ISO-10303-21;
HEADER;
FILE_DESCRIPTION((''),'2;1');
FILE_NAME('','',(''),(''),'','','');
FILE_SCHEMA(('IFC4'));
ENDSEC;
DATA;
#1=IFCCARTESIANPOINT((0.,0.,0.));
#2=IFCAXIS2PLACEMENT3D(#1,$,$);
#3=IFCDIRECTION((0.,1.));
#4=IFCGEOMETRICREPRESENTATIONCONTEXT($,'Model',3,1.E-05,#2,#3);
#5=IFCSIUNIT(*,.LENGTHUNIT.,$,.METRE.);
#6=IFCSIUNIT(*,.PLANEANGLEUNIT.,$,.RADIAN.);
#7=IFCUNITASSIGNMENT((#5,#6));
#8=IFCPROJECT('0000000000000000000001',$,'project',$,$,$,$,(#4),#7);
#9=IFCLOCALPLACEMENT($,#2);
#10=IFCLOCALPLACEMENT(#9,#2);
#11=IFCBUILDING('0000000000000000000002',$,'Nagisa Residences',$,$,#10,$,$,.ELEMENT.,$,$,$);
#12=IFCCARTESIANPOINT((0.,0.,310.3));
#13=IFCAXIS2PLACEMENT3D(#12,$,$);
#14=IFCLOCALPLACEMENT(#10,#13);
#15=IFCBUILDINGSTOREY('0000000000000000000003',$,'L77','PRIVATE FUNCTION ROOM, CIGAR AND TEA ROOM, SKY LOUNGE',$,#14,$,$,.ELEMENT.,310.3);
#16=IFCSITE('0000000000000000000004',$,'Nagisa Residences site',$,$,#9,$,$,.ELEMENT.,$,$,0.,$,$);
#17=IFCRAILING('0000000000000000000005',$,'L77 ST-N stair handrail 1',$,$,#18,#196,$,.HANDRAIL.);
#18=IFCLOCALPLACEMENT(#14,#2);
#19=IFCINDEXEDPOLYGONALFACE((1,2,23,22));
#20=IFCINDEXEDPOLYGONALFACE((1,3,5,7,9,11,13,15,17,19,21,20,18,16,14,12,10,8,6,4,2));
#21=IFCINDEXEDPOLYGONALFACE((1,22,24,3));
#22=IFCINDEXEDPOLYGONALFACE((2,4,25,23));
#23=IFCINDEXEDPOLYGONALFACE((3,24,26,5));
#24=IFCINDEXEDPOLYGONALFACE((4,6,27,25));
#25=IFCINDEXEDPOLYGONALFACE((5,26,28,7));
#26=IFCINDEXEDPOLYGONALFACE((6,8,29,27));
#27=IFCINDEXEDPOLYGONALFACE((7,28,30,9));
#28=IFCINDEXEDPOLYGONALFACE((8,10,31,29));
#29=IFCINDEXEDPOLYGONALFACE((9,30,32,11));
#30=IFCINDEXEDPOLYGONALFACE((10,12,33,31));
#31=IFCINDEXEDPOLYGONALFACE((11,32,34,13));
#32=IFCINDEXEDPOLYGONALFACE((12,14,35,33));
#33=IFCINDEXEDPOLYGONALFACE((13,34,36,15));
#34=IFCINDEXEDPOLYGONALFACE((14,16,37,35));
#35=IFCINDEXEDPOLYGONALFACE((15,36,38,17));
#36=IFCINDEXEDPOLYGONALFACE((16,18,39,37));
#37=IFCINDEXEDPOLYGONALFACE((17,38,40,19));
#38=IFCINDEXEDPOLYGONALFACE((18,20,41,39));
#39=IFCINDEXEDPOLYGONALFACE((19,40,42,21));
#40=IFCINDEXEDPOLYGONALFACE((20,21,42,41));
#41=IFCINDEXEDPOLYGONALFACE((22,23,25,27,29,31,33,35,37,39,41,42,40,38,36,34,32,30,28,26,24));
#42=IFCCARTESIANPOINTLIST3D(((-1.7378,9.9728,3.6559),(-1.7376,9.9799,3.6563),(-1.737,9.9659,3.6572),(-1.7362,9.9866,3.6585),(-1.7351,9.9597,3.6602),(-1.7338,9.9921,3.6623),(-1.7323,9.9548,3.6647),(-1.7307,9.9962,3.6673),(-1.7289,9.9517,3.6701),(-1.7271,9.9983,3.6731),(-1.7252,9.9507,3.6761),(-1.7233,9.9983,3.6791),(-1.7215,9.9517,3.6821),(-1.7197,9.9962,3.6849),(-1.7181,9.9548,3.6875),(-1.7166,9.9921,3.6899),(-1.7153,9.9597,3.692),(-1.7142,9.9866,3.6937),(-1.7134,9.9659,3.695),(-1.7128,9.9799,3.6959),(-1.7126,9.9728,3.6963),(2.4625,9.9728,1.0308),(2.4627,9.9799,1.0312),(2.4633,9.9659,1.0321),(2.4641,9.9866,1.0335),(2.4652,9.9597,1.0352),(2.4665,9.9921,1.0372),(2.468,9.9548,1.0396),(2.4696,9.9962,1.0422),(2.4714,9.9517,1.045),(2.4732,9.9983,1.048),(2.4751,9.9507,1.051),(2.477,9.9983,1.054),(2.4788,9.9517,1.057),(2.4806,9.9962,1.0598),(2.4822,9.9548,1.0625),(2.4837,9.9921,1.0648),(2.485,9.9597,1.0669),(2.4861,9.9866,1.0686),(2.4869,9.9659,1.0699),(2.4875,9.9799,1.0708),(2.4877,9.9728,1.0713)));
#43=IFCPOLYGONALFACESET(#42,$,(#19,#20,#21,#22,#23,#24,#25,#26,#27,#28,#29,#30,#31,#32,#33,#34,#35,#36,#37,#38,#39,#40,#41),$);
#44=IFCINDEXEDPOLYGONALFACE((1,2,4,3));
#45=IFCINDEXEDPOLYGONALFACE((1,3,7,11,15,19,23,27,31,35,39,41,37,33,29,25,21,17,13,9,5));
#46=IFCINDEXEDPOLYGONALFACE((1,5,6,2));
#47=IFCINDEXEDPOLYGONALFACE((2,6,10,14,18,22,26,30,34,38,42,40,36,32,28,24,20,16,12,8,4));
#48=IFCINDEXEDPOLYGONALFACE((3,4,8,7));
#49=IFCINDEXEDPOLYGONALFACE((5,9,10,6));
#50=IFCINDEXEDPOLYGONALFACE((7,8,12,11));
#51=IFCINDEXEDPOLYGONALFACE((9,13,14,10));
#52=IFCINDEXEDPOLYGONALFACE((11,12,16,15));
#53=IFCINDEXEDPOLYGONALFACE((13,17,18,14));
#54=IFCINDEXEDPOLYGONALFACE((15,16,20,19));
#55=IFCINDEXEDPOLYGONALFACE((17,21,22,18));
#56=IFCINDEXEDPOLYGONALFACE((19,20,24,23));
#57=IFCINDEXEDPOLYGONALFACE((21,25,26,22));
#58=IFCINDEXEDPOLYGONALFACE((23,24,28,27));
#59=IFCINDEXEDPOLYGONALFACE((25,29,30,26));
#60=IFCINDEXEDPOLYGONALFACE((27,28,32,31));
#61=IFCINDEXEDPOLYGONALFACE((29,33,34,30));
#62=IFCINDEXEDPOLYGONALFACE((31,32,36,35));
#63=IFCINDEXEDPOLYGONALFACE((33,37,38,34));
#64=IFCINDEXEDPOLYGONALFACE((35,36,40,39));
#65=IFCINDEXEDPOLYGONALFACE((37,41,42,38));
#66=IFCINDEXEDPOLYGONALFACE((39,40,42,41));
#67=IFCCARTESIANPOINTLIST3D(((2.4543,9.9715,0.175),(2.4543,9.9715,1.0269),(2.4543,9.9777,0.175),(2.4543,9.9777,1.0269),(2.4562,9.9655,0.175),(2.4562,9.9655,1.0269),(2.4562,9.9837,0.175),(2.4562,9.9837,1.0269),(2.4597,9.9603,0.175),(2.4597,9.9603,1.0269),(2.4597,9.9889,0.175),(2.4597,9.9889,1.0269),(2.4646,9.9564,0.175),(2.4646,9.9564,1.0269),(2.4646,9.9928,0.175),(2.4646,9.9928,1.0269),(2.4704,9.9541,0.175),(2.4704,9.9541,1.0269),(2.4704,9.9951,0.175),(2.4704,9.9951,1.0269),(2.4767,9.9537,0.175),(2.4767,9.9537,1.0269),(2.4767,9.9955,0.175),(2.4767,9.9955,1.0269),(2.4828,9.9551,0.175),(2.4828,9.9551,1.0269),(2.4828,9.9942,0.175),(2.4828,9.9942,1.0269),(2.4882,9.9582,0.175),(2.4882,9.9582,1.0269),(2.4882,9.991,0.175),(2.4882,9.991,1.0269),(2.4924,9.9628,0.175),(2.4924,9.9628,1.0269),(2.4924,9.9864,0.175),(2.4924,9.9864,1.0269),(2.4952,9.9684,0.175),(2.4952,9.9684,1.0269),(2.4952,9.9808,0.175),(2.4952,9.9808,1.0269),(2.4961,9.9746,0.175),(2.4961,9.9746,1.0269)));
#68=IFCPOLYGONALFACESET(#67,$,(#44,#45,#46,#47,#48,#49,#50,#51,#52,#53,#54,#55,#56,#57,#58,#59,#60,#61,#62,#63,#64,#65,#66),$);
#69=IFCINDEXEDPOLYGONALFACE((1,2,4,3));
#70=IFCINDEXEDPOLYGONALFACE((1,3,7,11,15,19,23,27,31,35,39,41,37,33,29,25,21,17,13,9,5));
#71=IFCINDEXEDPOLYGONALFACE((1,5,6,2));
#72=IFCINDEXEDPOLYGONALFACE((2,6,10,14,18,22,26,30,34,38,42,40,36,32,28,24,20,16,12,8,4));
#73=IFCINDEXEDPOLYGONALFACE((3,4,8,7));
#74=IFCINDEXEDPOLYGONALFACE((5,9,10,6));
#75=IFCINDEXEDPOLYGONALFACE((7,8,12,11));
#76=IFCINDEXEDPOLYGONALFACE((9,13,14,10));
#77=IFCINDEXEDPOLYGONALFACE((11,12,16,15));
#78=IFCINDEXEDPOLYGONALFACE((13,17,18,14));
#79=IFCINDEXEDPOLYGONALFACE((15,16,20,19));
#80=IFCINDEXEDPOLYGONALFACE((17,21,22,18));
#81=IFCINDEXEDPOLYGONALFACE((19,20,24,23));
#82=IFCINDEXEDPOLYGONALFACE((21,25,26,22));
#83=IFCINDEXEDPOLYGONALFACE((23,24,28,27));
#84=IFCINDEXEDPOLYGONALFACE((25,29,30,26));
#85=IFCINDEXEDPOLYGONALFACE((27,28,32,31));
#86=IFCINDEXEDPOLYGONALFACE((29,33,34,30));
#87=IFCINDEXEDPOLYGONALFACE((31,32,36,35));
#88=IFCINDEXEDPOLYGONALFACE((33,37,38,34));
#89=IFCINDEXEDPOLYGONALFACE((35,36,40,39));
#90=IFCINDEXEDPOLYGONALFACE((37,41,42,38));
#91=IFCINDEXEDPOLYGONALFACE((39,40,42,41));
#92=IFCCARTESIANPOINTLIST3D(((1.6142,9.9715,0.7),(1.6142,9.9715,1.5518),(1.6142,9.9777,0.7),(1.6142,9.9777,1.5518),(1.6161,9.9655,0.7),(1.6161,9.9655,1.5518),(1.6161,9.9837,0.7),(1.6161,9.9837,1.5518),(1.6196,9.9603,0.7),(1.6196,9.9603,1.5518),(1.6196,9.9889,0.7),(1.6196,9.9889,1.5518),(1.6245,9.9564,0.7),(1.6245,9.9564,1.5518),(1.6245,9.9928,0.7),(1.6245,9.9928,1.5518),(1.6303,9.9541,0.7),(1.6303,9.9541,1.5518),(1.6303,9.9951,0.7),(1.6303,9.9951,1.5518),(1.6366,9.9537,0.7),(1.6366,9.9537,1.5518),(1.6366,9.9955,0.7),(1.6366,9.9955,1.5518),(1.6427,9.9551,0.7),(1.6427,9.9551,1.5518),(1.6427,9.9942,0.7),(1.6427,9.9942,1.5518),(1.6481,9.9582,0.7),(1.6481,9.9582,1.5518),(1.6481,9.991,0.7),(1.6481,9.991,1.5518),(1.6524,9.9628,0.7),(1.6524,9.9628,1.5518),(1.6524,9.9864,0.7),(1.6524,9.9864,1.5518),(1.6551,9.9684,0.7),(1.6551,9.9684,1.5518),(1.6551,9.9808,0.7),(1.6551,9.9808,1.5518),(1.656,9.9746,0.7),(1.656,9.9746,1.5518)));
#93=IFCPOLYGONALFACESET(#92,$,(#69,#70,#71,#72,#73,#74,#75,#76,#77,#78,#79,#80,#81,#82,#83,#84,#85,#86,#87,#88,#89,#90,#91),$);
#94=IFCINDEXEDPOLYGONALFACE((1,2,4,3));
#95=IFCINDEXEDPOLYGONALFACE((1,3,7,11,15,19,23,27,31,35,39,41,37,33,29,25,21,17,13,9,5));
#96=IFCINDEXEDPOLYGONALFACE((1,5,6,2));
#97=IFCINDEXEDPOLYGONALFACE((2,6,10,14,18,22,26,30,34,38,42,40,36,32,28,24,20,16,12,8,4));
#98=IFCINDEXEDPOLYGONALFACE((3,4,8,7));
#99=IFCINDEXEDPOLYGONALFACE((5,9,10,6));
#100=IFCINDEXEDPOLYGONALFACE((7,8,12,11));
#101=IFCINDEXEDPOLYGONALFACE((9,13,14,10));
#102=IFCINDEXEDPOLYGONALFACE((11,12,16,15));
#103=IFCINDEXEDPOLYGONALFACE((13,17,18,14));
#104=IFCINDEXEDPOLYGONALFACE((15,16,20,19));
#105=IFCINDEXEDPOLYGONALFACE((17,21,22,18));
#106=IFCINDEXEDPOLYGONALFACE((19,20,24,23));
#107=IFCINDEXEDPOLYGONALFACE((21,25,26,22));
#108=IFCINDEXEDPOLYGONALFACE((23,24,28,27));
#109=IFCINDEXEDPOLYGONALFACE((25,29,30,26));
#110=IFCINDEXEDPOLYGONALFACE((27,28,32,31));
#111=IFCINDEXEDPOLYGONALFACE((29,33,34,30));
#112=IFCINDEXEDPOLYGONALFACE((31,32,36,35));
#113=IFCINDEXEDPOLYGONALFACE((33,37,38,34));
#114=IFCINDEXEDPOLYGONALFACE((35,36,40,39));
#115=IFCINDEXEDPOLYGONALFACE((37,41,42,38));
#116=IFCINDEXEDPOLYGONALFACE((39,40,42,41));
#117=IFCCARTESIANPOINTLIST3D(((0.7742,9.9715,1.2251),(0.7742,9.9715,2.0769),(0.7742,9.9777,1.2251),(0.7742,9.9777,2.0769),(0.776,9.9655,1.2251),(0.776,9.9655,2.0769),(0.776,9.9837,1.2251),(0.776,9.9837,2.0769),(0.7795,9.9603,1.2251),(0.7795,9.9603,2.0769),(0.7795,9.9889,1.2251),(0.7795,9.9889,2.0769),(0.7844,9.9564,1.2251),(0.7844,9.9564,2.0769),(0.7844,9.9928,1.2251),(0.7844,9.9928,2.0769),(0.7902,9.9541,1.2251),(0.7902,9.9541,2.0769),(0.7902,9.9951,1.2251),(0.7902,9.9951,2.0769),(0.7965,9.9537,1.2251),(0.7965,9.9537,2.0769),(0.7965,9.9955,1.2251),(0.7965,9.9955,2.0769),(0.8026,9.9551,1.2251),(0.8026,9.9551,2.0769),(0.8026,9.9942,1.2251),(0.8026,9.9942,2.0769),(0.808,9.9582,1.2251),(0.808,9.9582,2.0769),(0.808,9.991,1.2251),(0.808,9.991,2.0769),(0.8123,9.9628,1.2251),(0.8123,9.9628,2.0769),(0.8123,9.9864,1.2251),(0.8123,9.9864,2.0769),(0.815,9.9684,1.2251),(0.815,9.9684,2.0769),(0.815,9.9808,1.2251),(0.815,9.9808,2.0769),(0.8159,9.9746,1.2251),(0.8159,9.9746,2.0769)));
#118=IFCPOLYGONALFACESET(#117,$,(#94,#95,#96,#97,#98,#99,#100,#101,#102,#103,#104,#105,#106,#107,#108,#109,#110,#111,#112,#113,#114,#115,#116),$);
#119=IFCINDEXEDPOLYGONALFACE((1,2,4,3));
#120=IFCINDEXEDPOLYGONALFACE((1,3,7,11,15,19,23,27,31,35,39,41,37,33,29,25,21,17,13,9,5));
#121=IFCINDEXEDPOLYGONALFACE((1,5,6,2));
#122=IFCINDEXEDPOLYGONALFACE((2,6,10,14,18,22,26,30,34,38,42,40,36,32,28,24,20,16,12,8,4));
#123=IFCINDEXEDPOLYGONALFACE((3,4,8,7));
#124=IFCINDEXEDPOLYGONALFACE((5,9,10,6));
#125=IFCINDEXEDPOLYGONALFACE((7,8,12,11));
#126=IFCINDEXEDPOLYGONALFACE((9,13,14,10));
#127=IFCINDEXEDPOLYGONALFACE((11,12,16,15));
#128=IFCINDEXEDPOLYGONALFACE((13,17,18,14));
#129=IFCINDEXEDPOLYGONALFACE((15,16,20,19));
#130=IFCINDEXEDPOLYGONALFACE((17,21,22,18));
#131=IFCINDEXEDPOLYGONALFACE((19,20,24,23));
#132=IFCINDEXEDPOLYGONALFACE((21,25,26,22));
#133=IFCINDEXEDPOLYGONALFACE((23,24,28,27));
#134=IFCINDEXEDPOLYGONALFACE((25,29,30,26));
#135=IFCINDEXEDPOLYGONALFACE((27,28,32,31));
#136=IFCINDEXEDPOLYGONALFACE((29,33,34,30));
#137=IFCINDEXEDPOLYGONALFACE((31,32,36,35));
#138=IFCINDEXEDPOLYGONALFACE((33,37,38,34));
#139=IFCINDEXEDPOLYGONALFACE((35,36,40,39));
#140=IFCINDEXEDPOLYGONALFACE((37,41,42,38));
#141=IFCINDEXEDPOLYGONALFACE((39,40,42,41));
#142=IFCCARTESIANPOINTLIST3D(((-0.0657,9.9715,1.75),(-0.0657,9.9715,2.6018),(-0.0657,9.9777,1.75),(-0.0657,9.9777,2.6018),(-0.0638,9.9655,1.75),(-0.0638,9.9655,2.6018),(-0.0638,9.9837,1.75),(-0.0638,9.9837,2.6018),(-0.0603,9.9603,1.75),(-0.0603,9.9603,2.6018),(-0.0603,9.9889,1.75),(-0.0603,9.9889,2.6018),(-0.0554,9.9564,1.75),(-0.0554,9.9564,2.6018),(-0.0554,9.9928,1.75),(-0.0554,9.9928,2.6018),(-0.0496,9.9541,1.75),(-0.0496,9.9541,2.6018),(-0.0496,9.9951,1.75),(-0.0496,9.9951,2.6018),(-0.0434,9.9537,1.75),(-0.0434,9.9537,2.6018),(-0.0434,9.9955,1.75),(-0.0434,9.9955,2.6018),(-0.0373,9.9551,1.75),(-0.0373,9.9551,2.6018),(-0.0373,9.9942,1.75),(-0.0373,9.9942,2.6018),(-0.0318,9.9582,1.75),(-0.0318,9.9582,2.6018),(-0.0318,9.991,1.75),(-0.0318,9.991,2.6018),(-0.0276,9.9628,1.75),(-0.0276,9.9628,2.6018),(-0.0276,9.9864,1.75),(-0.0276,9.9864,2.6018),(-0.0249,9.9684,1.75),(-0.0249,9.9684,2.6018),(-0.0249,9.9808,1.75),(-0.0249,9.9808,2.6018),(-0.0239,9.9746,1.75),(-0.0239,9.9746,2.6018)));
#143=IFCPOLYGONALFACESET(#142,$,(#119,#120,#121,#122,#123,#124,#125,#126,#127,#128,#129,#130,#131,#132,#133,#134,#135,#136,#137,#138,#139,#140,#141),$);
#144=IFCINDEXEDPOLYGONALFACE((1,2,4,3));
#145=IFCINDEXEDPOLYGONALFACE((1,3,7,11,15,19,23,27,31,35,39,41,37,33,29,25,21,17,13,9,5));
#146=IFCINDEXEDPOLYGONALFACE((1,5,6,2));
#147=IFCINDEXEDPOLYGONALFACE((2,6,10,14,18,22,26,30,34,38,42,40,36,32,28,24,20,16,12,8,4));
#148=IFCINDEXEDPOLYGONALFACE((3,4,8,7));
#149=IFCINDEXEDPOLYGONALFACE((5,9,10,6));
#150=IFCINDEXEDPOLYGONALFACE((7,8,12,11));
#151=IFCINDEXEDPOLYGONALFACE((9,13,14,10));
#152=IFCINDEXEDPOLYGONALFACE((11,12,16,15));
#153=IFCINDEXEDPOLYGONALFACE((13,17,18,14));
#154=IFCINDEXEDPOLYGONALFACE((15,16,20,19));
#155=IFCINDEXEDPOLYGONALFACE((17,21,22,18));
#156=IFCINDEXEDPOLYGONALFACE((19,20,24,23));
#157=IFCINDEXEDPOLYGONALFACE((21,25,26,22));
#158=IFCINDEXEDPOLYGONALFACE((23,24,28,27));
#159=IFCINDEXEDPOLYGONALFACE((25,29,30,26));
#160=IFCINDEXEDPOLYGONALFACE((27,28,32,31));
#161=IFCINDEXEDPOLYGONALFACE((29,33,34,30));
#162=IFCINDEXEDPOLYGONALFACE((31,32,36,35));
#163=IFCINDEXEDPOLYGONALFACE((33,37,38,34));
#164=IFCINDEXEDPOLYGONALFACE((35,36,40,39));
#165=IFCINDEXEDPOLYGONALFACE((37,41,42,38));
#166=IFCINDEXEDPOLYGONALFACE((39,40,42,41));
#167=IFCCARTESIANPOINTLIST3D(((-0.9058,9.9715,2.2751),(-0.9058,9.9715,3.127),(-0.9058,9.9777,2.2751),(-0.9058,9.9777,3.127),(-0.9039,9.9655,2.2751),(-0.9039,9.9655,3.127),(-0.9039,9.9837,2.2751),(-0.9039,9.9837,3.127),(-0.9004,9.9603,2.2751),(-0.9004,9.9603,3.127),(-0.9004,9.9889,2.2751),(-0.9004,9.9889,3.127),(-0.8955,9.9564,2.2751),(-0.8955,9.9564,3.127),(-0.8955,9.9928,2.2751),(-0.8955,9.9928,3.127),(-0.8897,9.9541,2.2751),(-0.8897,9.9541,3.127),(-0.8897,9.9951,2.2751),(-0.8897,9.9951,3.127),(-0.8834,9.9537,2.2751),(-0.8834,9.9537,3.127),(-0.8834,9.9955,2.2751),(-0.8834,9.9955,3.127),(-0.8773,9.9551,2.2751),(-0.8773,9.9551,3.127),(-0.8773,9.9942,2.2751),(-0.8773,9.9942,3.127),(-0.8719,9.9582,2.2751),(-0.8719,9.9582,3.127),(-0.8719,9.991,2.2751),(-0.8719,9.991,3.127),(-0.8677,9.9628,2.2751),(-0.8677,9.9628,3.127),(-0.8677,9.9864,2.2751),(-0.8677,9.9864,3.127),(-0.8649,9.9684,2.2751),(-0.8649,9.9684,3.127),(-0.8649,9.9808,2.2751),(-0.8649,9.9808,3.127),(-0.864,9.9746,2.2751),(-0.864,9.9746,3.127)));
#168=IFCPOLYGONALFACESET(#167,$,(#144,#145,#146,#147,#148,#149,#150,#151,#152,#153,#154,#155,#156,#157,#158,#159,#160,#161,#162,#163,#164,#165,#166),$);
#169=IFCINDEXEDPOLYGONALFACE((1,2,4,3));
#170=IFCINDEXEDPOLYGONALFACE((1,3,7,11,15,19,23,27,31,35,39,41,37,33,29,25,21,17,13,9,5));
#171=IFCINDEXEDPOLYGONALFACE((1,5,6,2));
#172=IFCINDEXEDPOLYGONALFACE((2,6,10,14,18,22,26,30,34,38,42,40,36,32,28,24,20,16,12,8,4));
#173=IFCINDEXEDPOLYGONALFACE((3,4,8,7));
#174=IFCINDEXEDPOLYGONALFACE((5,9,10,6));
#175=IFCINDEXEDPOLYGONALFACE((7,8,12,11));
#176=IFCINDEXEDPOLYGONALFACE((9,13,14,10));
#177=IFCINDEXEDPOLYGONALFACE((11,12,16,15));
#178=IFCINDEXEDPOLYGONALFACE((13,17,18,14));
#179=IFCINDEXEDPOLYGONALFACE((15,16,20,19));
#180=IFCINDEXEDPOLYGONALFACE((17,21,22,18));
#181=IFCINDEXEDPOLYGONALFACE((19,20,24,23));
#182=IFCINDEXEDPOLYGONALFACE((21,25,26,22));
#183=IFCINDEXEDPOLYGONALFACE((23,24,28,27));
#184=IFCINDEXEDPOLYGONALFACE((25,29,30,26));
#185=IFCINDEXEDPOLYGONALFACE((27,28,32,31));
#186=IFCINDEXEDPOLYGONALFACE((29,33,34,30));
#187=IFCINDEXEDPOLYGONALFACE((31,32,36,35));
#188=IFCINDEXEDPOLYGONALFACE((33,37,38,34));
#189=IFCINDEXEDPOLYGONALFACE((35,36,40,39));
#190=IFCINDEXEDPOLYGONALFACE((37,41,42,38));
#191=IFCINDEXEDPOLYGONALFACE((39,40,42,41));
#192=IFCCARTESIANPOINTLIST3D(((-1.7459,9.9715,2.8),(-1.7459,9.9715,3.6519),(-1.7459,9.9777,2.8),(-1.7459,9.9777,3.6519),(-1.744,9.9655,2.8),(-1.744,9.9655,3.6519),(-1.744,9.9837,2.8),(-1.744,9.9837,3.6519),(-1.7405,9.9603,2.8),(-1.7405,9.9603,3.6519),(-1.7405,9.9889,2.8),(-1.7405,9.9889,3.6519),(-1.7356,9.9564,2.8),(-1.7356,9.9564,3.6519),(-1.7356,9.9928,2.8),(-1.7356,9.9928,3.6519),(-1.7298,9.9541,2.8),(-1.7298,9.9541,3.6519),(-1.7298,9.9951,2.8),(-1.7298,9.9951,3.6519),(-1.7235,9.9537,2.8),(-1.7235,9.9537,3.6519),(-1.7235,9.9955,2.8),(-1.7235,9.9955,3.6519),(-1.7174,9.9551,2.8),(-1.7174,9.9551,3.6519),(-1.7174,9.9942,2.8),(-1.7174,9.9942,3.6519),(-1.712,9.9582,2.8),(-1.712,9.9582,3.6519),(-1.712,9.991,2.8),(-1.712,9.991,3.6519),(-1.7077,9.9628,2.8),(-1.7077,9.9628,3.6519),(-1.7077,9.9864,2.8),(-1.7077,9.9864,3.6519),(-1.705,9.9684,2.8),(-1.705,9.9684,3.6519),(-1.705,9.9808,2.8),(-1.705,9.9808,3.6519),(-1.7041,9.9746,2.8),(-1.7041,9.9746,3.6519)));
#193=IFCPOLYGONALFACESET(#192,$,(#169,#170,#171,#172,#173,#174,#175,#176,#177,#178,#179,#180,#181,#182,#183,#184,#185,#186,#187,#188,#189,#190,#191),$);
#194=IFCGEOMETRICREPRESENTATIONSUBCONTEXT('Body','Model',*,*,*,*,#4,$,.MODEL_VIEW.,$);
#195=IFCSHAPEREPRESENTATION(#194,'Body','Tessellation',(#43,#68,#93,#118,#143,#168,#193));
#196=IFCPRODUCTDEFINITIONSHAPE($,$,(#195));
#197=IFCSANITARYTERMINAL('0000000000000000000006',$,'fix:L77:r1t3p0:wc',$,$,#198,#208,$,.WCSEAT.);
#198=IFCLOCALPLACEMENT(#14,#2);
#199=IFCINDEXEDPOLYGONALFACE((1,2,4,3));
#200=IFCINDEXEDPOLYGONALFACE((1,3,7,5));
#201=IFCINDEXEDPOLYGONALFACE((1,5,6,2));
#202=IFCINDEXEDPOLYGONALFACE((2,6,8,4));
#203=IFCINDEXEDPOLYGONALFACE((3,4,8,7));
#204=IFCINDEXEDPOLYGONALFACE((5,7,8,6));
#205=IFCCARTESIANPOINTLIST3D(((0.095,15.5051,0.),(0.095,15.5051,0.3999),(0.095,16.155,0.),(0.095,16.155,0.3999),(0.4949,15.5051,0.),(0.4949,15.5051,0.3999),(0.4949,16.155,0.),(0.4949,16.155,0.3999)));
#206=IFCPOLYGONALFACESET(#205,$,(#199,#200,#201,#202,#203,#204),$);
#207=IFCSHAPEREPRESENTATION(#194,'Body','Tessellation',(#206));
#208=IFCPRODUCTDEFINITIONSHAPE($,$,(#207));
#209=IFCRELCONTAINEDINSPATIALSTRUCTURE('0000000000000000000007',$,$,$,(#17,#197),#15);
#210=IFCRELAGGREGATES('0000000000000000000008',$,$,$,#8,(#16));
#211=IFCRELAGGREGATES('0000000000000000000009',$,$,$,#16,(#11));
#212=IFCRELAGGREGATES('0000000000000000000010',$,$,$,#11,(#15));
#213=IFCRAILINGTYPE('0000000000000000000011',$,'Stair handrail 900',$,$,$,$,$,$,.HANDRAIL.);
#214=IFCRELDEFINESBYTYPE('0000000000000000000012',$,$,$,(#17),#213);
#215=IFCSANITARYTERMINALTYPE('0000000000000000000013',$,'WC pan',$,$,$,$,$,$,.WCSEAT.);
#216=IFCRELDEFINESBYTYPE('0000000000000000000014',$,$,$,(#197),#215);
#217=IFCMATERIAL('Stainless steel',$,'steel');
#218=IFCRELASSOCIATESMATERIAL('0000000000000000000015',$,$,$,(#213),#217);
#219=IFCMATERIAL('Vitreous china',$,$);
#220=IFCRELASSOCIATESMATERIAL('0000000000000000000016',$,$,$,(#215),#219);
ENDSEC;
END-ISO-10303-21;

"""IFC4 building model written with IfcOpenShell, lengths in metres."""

from ifc_helpers import new_model, si_unit, direction, frame, origin, origin_2d, place, context, subcontext, project, spatial, rectangle, circle, extrude, material, type_object, element, save


model = new_model("IFC4")

# Units and contexts
model_context = context("Model", 3, precision=1e-05, world=origin(), true_north=direction((0.0, 1.0)))
body_context = subcontext(model_context, "Body", "Model", "MODEL_VIEW")
ifc_project = project(units=[si_unit("LENGTHUNIT", "METRE"), si_unit("PLANEANGLEUNIT", "RADIAN")], contexts=[model_context])

# Site, building, storey
site_placement = place(None, origin())
site = spatial("IfcSite", under=ifc_project, at=site_placement, Name="Nagisa Residences site", CompositionType="ELEMENT", RefElevation=0.0)
building_placement = place(site_placement, origin())
building = spatial("IfcBuilding", under=site, at=building_placement, Name="Nagisa Residences", CompositionType="ELEMENT")
storey_placement = place(building_placement, frame((0.0, 0.0, 310.3)))
storey = spatial("IfcBuildingStorey", under=building, at=storey_placement, Name="L77", Description="PRIVATE FUNCTION ROOM, CIGAR AND TEA ROOM, SKY LOUNGE", CompositionType="ELEMENT", Elevation=310.3)

# Railing
ifc_material_1 = material(Name="Stainless steel", Category="steel")
railing_type = type_object("IfcRailingType", Name="Stair handrail 900", PredefinedType="HANDRAIL", material=ifc_material_1)
railing_placement = place(storey_placement, frame((2.4751, 9.9746, 0.175)))
element("IfcRailing", 1, at=railing_placement, inside=storey, type_object=railing_type, Name="L77 ST-N stair handrail 1", PredefinedType="HANDRAIL", context=body_context, shape_type="SweptSolid", body=[
    extrude(circle(Radius=0.0239, at=origin_2d()), frame((0.0, 0.0, 0.876), z_axis=(-0.848009, 0.0, 0.529981), x_axis=(0.0, -1.0, 0.0)), (0.0, 0.0, 1.0), 4.9531),
    extrude(circle(Radius=0.021, at=origin_2d()), origin(), (0.0, 0.0, 1.0), 0.8518),
    extrude(circle(Radius=0.021, at=origin_2d()), frame((-0.8401, 0.0, 0.5249)), (0.0, 0.0, 1.0), 0.8518),
    extrude(circle(Radius=0.021, at=origin_2d()), frame((-1.6802, 0.0, 1.05)), (0.0, 0.0, 1.0), 0.8518),
    extrude(circle(Radius=0.021, at=origin_2d()), frame((-2.52, 0.0, 1.575)), (0.0, 0.0, 1.0), 0.8518),
    extrude(circle(Radius=0.021, at=origin_2d()), frame((-3.3601, 0.0, 2.1001)), (0.0, 0.0, 1.0), 0.8518),
    extrude(circle(Radius=0.021, at=origin_2d()), frame((-4.2002, 0.0, 2.625)), (0.0, 0.0, 1.0), 0.8518),
])

# Sanitary terminal
ifc_material_2 = material(Name="Vitreous china")
sanitary_terminal_type = type_object("IfcSanitaryTerminalType", Name="WC pan", PredefinedType="WCSEAT", material=ifc_material_2)
sanitary_terminal_placement = place(storey_placement, frame((0.2949, 15.8301, 0.0), z_axis=(0.0, 0.0, 1.0), x_axis=(1.0, 0.0, 0.0)))
element("IfcSanitaryTerminal", 2, at=sanitary_terminal_placement, inside=storey, type_object=sanitary_terminal_type, Name="fix:L77:r1t3p0:wc", PredefinedType="WCSEAT", context=body_context, shape_type="SweptSolid", body=[
    extrude(rectangle(XDim=0.3999, YDim=0.6499, at=origin_2d()), origin(), (0.0, 0.0, 1.0), 0.3999),
])

save(model, "model.ifc")
